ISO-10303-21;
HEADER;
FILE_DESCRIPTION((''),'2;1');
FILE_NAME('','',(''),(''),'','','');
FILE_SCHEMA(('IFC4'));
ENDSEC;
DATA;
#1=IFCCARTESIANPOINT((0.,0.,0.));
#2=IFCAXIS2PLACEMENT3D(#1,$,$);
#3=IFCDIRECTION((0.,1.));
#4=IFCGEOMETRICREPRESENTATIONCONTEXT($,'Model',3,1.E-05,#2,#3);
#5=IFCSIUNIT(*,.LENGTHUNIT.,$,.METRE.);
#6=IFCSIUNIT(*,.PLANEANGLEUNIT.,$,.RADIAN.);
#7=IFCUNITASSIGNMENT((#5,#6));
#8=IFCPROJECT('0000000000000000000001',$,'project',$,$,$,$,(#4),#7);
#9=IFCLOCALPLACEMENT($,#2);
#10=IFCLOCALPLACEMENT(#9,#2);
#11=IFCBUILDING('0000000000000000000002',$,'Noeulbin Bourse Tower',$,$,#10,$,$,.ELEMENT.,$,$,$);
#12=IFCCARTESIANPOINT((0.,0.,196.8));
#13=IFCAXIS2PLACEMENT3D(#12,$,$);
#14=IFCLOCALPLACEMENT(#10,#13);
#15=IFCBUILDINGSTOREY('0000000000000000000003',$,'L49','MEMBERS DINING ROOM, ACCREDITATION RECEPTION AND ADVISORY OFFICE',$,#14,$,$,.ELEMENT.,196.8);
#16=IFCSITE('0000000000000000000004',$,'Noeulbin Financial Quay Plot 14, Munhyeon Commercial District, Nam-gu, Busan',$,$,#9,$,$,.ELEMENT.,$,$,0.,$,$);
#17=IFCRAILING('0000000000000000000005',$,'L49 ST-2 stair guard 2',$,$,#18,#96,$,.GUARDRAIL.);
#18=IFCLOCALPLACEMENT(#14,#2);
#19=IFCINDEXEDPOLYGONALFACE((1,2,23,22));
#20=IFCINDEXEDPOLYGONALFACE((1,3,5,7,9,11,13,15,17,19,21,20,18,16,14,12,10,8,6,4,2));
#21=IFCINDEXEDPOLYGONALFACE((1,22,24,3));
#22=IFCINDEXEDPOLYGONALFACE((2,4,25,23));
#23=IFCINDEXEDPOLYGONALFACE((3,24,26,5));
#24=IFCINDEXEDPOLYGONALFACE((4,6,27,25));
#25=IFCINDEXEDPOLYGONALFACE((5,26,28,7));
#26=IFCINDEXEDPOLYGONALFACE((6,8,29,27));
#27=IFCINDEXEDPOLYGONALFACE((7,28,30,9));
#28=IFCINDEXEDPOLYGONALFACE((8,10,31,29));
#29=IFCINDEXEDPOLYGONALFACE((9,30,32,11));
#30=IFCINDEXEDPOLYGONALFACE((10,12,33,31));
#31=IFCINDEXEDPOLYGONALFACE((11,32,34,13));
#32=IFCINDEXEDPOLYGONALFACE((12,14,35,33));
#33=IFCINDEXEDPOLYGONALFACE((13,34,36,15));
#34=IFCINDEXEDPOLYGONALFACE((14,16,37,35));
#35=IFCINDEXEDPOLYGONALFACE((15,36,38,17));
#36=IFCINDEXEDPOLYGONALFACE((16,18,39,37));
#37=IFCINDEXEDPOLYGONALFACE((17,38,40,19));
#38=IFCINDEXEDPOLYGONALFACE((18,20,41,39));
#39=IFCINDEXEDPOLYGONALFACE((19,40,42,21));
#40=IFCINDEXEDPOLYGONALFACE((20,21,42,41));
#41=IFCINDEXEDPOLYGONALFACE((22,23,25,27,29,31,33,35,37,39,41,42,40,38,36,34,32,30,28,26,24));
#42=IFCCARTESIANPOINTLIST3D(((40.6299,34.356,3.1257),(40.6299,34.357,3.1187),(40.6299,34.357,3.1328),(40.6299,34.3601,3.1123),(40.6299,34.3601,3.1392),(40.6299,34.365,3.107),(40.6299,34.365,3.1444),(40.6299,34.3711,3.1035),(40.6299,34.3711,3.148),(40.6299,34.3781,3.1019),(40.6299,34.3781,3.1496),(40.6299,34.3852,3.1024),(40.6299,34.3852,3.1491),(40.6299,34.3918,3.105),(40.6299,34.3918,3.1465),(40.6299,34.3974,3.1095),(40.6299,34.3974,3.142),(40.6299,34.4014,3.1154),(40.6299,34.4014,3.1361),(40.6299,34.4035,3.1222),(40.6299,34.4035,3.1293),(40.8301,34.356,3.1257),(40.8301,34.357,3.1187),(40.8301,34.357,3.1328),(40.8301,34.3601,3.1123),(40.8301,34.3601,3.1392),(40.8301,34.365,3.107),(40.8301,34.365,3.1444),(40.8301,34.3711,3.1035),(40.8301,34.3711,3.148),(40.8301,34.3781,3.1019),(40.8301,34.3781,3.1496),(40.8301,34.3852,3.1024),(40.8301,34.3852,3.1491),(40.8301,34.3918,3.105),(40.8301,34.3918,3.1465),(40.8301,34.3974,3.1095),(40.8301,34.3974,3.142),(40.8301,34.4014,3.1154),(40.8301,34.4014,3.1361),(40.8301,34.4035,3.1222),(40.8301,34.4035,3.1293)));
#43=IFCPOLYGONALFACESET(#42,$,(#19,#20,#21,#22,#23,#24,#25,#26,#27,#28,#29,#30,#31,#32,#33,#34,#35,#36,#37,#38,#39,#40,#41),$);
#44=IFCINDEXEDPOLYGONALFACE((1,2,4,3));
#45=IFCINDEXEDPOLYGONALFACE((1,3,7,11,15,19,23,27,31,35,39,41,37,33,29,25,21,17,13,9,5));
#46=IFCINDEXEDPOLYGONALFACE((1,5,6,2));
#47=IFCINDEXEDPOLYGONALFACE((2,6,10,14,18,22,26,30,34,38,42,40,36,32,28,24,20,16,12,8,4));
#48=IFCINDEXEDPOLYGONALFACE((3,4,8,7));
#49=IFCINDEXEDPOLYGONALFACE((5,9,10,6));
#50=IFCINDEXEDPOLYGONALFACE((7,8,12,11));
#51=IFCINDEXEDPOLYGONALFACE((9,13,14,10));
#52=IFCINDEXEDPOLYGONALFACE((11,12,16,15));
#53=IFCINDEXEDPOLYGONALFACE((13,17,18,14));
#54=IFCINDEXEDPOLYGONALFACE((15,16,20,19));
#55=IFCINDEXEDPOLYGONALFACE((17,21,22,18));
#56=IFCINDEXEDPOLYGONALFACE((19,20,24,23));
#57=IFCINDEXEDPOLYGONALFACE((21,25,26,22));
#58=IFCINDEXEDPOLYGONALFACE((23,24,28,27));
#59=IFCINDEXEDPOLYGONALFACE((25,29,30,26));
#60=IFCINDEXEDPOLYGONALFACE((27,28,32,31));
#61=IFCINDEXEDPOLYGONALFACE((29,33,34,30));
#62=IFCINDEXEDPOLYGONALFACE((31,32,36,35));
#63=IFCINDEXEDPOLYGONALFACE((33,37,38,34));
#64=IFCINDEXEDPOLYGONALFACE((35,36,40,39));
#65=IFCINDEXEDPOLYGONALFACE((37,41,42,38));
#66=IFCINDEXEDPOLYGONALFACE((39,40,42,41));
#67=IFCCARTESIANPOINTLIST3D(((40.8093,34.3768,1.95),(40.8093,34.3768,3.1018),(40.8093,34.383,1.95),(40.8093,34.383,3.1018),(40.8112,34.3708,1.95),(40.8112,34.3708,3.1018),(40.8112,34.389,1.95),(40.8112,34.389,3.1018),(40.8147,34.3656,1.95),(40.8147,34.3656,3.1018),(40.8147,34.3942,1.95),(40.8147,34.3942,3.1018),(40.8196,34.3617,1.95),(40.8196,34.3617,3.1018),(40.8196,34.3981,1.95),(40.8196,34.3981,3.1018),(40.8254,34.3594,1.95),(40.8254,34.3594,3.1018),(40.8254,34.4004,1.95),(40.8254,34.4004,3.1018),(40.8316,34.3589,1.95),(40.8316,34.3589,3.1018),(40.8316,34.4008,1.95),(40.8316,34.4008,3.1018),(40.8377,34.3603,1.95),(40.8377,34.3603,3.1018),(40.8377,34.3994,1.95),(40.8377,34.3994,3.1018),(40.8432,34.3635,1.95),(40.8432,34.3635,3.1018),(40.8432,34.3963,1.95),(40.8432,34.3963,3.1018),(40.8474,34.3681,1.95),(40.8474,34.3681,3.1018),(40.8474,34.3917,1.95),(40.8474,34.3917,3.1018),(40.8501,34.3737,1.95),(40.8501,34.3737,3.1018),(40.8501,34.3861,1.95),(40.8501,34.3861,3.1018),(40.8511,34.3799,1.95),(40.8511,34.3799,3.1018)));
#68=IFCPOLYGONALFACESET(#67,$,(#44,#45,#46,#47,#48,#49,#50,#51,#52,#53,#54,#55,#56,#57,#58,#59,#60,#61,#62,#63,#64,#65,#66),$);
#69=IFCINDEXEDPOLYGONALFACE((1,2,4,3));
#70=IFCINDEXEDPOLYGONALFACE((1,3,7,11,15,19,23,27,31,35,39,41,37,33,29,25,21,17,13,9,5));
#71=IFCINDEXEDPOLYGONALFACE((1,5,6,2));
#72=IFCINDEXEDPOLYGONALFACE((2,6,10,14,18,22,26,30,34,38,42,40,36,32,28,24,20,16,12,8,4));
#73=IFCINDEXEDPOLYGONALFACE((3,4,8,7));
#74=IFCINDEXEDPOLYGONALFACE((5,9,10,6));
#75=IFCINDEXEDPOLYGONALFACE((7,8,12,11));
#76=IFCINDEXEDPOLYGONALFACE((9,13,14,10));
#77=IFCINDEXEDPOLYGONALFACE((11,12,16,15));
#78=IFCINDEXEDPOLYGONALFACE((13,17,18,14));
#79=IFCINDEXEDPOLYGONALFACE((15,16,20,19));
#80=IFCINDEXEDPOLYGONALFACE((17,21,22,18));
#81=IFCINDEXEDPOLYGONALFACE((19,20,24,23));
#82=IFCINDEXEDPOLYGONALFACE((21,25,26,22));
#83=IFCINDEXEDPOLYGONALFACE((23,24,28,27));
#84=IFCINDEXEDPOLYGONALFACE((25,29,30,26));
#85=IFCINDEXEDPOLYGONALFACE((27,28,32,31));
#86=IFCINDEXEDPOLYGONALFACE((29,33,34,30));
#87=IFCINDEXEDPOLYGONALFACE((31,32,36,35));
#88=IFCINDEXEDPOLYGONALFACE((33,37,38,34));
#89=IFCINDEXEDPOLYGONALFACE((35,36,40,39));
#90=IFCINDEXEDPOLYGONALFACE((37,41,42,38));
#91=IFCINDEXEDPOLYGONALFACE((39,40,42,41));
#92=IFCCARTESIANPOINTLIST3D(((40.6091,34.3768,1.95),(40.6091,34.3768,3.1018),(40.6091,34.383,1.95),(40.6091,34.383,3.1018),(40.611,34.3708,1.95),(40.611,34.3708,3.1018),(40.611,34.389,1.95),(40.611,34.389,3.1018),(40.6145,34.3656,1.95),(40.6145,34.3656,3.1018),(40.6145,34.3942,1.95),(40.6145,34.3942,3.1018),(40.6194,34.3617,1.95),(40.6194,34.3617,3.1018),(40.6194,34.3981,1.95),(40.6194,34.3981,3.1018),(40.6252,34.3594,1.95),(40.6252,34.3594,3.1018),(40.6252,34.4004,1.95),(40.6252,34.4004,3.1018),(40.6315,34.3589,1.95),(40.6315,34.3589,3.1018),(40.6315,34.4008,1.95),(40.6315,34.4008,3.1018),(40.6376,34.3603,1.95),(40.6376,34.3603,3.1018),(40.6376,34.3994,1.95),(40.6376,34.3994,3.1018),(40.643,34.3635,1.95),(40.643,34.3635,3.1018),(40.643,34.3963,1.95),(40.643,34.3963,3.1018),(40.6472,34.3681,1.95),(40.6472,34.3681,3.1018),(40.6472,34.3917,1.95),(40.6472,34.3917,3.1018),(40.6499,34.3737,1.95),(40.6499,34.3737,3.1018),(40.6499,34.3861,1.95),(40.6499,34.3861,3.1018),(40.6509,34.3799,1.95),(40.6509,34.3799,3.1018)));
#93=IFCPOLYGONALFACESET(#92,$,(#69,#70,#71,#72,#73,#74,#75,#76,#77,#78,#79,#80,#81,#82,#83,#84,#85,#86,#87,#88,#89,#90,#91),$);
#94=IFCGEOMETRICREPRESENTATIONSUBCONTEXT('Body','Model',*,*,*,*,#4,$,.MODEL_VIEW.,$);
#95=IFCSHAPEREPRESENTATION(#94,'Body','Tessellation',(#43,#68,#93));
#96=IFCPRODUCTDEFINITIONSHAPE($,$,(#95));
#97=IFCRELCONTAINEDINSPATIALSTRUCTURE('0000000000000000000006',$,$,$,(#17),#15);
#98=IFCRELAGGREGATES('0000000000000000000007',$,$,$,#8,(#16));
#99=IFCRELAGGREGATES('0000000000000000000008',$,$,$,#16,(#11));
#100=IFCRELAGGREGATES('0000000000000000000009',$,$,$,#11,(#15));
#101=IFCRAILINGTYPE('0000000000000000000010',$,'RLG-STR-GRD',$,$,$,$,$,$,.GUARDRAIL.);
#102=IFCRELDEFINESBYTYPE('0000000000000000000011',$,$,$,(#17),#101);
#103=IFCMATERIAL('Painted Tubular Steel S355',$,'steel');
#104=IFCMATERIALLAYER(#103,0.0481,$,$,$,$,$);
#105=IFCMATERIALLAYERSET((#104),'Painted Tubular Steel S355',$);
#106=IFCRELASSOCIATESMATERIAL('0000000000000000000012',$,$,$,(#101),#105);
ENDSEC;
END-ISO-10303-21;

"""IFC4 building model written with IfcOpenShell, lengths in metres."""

from ifc_helpers import new_model, si_unit, direction, frame, origin, origin_2d, place, context, subcontext, project, spatial, circle, extrude, material, layer, layer_set, type_object, element, save


model = new_model("IFC4")

# Units and contexts
model_context = context("Model", 3, precision=1e-05, world=origin(), true_north=direction((0.0, 1.0)))
body_context = subcontext(model_context, "Body", "Model", "MODEL_VIEW")
ifc_project = project(units=[si_unit("LENGTHUNIT", "METRE"), si_unit("PLANEANGLEUNIT", "RADIAN")], contexts=[model_context])

# Site, building, storey
site_placement = place(None, origin())
site = spatial("IfcSite", under=ifc_project, at=site_placement, Name="Noeulbin Financial Quay Plot 14, Munhyeon Commercial District, Nam-gu, Busan", CompositionType="ELEMENT", RefElevation=0.0)
building_placement = place(site_placement, origin())
building = spatial("IfcBuilding", under=site, at=building_placement, Name="Noeulbin Bourse Tower", CompositionType="ELEMENT")
storey_placement = place(building_placement, frame((0.0, 0.0, 196.8)))
storey = spatial("IfcBuildingStorey", under=building, at=storey_placement, Name="L49", Description="MEMBERS DINING ROOM, ACCREDITATION RECEPTION AND ADVISORY OFFICE", CompositionType="ELEMENT", Elevation=196.8)

# Railing
ifc_material_1 = material(Name="Painted Tubular Steel S355", Category="steel")
ifc_layer_1 = layer(ifc_material_1, 0.0481)
ifc_layer_set_1 = layer_set([ifc_layer_1], Name="Painted Tubular Steel S355")
railing_type_1 = type_object("IfcRailingType", Name="RLG-STR-GRD", PredefinedType="GUARDRAIL", material=ifc_layer_set_1)
railing_1_placement = place(storey_placement, frame((40.8301, 34.3799, 1.95)))
element("IfcRailing", 1, at=railing_1_placement, inside=storey, type_object=railing_type_1, Name="L49 ST-2 stair guard 2", PredefinedType="GUARDRAIL", context=body_context, shape_type="SweptSolid", body=[
    extrude(circle(Radius=0.0239, at=origin_2d()), frame((0.0, 0.0, 1.1758), z_axis=(-1.0, 0.0, 0.0), x_axis=(0.0, -1.0, 0.0)), (0.0, 0.0, 1.0), 0.2002),
    extrude(circle(Radius=0.021, at=origin_2d()), origin(), (0.0, 0.0, 1.0), 1.1519),
    extrude(circle(Radius=0.021, at=origin_2d()), frame((-0.2002, 0.0, 0.0)), (0.0, 0.0, 1.0), 1.1519),
])

save(model, "model.ifc")
